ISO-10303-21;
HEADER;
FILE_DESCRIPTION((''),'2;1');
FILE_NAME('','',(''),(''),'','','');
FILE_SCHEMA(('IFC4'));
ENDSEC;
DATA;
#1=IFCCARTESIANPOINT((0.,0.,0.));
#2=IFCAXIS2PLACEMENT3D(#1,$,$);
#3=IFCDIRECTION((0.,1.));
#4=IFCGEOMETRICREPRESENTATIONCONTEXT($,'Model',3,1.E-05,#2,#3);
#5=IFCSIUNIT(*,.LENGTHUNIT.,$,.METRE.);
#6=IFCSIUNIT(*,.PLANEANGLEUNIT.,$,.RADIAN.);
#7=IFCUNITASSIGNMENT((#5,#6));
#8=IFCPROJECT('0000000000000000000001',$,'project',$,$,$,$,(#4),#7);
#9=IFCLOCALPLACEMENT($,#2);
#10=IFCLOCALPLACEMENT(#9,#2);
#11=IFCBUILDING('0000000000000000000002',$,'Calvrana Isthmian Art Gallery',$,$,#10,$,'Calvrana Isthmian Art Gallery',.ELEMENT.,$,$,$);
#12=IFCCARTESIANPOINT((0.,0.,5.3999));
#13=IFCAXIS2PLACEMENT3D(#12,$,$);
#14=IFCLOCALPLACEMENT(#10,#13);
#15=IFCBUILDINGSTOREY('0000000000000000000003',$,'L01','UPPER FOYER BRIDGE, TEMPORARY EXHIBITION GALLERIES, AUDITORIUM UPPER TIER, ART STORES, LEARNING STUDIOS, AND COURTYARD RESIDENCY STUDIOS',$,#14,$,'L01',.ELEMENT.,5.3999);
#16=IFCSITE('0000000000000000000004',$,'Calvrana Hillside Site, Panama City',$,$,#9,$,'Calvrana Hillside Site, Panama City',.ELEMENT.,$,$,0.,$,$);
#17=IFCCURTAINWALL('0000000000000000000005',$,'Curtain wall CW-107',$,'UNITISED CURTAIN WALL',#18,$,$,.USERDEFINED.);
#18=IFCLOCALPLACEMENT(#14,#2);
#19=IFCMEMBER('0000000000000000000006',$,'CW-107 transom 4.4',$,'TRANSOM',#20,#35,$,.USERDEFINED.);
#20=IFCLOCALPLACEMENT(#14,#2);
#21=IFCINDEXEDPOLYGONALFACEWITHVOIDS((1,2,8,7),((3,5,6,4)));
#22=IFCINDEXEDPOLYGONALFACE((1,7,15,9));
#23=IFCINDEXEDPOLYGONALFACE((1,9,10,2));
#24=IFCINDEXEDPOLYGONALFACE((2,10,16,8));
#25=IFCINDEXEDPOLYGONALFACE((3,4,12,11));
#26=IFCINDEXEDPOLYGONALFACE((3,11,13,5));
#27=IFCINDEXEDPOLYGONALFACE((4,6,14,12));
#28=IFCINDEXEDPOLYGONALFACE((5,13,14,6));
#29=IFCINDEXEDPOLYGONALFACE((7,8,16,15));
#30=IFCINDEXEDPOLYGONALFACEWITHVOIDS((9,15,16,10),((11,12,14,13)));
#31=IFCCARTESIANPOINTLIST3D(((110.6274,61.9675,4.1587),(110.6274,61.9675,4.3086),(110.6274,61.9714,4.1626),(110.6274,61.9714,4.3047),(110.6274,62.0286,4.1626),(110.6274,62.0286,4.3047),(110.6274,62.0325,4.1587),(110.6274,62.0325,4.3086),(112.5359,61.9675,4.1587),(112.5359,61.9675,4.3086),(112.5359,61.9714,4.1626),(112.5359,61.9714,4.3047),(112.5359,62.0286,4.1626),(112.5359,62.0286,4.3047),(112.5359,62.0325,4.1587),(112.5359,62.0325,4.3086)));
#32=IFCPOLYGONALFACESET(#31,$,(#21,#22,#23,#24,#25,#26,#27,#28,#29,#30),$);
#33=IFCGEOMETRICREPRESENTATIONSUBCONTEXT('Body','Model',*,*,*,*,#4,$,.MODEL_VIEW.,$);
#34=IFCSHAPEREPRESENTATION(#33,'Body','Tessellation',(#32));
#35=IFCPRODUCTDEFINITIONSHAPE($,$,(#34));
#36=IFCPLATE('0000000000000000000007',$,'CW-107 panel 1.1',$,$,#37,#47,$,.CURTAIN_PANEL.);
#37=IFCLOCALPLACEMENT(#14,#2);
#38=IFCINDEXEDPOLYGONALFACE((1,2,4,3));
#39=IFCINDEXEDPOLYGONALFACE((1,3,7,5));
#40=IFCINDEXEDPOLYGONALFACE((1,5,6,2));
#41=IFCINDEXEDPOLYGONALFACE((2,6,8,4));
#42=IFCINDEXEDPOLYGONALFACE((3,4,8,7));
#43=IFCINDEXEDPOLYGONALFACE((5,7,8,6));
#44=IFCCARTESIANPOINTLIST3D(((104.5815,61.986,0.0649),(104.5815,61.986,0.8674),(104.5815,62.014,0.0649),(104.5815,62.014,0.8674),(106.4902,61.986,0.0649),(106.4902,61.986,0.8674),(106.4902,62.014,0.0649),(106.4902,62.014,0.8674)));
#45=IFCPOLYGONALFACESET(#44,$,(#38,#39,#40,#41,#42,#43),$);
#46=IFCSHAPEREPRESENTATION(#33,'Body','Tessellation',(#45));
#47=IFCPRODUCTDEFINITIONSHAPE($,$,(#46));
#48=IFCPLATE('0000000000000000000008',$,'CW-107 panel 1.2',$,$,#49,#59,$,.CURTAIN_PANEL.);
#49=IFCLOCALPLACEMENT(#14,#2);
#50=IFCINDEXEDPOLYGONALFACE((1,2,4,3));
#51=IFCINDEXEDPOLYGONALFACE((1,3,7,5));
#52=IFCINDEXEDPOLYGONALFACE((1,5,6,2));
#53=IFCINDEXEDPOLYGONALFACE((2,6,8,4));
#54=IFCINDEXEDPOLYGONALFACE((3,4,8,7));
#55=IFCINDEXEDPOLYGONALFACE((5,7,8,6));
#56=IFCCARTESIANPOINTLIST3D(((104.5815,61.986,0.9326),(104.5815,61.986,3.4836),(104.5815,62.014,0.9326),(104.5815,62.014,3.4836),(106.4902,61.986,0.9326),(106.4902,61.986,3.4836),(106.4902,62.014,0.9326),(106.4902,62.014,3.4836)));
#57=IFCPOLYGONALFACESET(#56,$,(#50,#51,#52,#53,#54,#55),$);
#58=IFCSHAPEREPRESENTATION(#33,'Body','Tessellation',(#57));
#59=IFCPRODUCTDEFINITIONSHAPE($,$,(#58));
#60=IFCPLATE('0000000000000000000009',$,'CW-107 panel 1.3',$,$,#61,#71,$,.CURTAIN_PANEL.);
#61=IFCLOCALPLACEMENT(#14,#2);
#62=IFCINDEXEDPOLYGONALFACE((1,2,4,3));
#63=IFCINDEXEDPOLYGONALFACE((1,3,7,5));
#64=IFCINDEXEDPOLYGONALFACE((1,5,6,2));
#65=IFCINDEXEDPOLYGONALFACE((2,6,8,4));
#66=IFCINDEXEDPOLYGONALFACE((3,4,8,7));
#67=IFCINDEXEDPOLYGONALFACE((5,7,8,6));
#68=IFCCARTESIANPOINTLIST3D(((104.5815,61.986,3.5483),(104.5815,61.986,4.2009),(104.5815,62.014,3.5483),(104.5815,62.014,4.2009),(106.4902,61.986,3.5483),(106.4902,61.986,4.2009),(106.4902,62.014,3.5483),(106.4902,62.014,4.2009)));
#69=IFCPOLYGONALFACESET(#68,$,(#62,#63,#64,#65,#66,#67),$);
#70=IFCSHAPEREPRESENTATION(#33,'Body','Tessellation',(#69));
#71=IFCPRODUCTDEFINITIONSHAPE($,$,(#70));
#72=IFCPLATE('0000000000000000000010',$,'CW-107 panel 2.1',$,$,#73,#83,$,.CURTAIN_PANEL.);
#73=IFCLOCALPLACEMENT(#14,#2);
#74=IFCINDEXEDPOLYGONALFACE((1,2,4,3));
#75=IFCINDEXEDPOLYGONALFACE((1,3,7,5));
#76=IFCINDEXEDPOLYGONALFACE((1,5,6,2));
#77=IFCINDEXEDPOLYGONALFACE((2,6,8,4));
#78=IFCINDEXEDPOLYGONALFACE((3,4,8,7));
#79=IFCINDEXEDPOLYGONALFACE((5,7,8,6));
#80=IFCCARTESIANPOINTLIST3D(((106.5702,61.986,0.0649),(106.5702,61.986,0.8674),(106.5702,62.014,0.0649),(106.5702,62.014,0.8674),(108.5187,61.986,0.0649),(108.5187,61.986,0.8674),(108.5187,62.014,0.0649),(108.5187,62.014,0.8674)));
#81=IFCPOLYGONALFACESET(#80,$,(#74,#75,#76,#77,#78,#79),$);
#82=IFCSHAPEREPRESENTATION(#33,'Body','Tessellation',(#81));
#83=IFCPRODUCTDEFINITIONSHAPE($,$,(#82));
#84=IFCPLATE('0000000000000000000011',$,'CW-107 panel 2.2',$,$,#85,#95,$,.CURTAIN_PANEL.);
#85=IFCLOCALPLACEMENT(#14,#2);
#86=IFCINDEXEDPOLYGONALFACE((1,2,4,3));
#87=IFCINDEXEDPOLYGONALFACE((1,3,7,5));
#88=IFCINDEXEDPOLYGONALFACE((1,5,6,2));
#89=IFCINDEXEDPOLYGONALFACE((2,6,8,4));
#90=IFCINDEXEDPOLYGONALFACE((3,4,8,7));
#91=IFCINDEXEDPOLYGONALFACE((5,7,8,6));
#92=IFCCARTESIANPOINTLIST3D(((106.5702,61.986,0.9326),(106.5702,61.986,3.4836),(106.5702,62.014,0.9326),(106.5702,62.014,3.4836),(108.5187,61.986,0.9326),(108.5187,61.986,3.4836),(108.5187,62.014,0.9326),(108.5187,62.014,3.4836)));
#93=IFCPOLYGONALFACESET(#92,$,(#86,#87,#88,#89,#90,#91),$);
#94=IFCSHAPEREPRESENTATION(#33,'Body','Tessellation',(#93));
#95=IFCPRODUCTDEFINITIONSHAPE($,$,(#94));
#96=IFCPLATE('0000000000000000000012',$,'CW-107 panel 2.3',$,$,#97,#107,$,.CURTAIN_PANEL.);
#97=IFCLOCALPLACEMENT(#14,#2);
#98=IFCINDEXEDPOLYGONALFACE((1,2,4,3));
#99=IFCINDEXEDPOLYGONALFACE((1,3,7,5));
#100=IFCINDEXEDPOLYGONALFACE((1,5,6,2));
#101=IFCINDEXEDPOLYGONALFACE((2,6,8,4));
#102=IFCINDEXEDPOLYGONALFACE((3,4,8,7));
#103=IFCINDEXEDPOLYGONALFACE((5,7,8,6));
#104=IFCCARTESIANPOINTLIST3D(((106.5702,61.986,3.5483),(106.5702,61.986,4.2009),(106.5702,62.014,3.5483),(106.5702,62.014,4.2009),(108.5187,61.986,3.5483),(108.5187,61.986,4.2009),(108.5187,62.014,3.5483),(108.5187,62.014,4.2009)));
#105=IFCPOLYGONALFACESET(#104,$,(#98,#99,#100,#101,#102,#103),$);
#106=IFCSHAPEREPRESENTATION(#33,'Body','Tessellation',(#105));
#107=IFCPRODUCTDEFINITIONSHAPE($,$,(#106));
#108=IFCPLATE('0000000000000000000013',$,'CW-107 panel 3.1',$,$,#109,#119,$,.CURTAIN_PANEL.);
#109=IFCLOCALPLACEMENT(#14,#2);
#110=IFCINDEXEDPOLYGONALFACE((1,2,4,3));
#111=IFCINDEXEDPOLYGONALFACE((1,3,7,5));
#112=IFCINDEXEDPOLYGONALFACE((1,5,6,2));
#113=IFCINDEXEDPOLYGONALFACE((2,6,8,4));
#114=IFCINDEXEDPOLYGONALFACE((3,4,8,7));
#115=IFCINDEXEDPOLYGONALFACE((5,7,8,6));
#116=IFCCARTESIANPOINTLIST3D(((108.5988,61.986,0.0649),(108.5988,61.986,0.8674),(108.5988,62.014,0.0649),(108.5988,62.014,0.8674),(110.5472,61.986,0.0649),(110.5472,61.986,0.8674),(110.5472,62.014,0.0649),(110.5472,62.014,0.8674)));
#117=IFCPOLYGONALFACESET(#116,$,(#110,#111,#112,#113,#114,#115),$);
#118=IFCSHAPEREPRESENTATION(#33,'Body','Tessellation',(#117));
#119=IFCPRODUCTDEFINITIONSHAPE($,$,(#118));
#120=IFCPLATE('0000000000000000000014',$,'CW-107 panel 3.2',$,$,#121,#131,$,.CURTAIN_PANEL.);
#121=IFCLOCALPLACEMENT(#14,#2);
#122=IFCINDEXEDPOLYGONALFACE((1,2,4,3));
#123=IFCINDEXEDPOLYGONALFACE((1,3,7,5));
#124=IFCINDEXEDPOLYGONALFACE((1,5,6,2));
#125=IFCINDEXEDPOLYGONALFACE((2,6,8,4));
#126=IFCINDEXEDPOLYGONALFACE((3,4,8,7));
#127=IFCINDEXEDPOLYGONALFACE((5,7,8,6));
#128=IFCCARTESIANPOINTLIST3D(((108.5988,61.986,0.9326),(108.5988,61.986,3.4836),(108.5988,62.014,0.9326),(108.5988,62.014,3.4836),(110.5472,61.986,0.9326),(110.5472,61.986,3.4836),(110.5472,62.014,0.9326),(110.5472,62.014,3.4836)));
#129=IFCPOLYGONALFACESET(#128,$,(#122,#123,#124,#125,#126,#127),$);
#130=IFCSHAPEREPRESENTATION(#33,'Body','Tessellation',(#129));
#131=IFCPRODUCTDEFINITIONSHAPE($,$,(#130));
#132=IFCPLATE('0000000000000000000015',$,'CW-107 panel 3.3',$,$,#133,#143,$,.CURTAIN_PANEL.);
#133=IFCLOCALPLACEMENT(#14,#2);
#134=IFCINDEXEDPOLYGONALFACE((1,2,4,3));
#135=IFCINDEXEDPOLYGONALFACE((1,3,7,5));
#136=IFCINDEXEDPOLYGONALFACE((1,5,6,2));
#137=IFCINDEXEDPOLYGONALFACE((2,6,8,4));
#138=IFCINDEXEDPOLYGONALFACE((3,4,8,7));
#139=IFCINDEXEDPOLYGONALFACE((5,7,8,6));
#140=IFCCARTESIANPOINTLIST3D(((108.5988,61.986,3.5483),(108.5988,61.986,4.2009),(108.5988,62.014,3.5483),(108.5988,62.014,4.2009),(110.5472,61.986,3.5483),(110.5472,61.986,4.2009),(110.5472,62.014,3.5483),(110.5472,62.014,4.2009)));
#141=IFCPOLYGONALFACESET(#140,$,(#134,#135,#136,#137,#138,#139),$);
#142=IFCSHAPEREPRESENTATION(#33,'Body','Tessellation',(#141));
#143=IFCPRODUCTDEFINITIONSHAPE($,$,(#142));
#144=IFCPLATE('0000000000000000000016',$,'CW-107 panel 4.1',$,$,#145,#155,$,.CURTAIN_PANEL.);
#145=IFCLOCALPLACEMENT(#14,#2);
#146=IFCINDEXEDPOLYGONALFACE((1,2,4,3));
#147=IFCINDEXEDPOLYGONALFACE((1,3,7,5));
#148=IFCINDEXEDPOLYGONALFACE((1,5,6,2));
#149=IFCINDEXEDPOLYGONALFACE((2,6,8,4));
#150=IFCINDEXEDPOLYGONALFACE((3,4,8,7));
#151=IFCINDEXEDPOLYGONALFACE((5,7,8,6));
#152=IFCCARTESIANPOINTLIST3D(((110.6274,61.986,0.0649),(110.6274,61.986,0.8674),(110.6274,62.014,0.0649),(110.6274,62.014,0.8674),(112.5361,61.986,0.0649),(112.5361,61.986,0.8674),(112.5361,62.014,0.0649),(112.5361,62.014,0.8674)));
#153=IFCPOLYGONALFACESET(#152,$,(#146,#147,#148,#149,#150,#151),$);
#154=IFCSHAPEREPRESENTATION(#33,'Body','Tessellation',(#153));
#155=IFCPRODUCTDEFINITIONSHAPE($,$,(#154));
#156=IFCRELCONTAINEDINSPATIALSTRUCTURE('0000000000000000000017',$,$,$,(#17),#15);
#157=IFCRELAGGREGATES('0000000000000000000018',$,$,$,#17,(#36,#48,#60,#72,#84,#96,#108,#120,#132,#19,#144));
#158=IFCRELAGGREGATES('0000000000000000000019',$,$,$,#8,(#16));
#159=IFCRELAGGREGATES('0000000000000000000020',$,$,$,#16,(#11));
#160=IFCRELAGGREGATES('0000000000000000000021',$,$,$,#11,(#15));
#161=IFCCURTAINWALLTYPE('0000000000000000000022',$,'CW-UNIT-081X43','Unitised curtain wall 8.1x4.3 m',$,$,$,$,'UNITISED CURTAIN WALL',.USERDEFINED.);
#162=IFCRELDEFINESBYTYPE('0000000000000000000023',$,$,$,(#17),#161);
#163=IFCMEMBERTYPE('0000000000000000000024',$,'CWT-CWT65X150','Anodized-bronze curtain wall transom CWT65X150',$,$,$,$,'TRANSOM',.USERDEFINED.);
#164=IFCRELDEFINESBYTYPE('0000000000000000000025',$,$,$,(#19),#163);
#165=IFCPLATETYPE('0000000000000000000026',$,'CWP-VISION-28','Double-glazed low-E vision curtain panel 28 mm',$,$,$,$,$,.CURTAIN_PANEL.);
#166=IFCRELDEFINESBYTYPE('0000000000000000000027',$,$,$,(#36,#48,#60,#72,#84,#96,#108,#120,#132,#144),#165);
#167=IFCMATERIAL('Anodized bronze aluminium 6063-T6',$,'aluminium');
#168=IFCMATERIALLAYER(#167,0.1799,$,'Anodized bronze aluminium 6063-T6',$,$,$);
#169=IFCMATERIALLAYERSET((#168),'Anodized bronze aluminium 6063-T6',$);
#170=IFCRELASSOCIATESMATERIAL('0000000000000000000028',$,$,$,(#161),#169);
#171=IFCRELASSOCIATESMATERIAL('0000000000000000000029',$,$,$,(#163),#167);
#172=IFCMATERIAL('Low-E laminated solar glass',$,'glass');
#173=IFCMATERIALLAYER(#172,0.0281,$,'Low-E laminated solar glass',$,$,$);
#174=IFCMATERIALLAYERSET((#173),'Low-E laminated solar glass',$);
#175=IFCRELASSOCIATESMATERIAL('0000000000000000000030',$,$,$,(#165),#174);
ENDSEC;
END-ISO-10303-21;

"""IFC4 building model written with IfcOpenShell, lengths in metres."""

from ifc_helpers import new_model, si_unit, direction, frame, origin, origin_2d, place, context, subcontext, project, spatial, rectangle, hollow_rectangle, extrude, material, layer, layer_set, material_profile, profile_set, type_object, element, aggregate, save


model = new_model("IFC4")

# Units and contexts
model_context = context("Model", 3, precision=1e-05, world=origin(), true_north=direction((0.0, 1.0)))
body_context = subcontext(model_context, "Body", "Model", "MODEL_VIEW")
ifc_project = project(units=[si_unit("LENGTHUNIT", "METRE"), si_unit("PLANEANGLEUNIT", "RADIAN")], contexts=[model_context])

# Site, building, storey
site_placement = place(None, origin())
site = spatial("IfcSite", under=ifc_project, at=site_placement, Name="Calvrana Hillside Site, Panama City", LongName="Calvrana Hillside Site, Panama City", CompositionType="ELEMENT", RefElevation=0.0)
building_placement = place(site_placement, origin())
building = spatial("IfcBuilding", under=site, at=building_placement, Name="Calvrana Isthmian Art Gallery", LongName="Calvrana Isthmian Art Gallery", CompositionType="ELEMENT")
storey_placement = place(building_placement, frame((0.0, 0.0, 5.3999)))
storey = spatial("IfcBuildingStorey", under=building, at=storey_placement, Name="L01", Description="UPPER FOYER BRIDGE, TEMPORARY EXHIBITION GALLERIES, AUDITORIUM UPPER TIER, ART STORES, LEARNING STUDIOS, AND COURTYARD RESIDENCY STUDIOS", LongName="L01", CompositionType="ELEMENT", Elevation=5.3999)

# Curtain wall, member, plates
ifc_material_1 = material(Name="Anodized bronze aluminium 6063-T6", Category="aluminium")
ifc_layer_1 = layer(ifc_material_1, 0.1799, Name="Anodized bronze aluminium 6063-T6")
ifc_layer_set_1 = layer_set([ifc_layer_1], Name="Anodized bronze aluminium 6063-T6")
curtain_wall_type = type_object("IfcCurtainWallType", Name="CW-UNIT-081X43", Description="Unitised curtain wall 8.1x4.3 m", ElementType="UNITISED CURTAIN WALL", PredefinedType="USERDEFINED", material=ifc_layer_set_1)
curtain_wall_placement = place(storey_placement, origin())
curtain_wall = element("IfcCurtainWall", 1, at=curtain_wall_placement, inside=storey, type_object=curtain_wall_type, Name="Curtain wall CW-107", ObjectType="UNITISED CURTAIN WALL", PredefinedType="USERDEFINED")
ifc_material_profile_1 = material_profile(ifc_material_1, hollow_rectangle(XDim=0.0649, YDim=0.1499, WallThickness=0.0039, at=origin_2d()), Name="CWT65X150")
ifc_profile_set_1 = profile_set([ifc_material_profile_1], Name="Anodized bronze aluminium 6063-T6")
member_type_1 = type_object("IfcMemberType", Name="CWT-CWT65X150", Description="Anodized-bronze curtain wall transom CWT65X150", ElementType="TRANSOM", PredefinedType="USERDEFINED", material=ifc_profile_set_1)
member_1_placement = place(storey_placement, frame((110.6274, 62.0, 4.2336), z_axis=(1.0, 0.0, 0.0), x_axis=(0.0, 1.0, 0.0)))
member_1 = element("IfcMember", 2, at=member_1_placement, type_object=member_type_1, Name="CW-107 transom 4.4", ObjectType="TRANSOM", PredefinedType="USERDEFINED", context=body_context, shape_type="SweptSolid", body=[
    extrude(hollow_rectangle(XDim=0.0649, YDim=0.1499, WallThickness=0.0039, at=origin_2d()), origin(), (0.0, 0.0, 1.0), 1.9084),
])
ifc_material_2 = material(Name="Low-E laminated solar glass", Category="glass")
ifc_layer_2 = layer(ifc_material_2, 0.0281, Name="Low-E laminated solar glass")
ifc_layer_set_2 = layer_set([ifc_layer_2], Name="Low-E laminated solar glass")
plate_type = type_object("IfcPlateType", Name="CWP-VISION-28", Description="Double-glazed low-E vision curtain panel 28 mm", PredefinedType="CURTAIN_PANEL", material=ifc_layer_set_2)
plate_1_placement = place(storey_placement, frame((105.5359, 62.0, 0.0649), z_axis=(0.0, 0.0, 1.0), x_axis=(1.0, 0.0, 0.0)))
plate_1 = element("IfcPlate", 3, at=plate_1_placement, type_object=plate_type, Name="CW-107 panel 1.1", PredefinedType="CURTAIN_PANEL", context=body_context, shape_type="SweptSolid", body=[
    extrude(rectangle(XDim=1.9087, YDim=0.0281, at=origin_2d()), origin(), (0.0, 0.0, 1.0), 0.8025),
])
plate_2_placement = place(storey_placement, frame((105.5359, 62.0, 0.9326), z_axis=(0.0, 0.0, 1.0), x_axis=(1.0, 0.0, 0.0)))
plate_2 = element("IfcPlate", 4, at=plate_2_placement, type_object=plate_type, Name="CW-107 panel 1.2", PredefinedType="CURTAIN_PANEL", context=body_context, shape_type="SweptSolid", body=[
    extrude(rectangle(XDim=1.9087, YDim=0.0281, at=origin_2d()), origin(), (0.0, 0.0, 1.0), 2.551),
])
plate_3_placement = place(storey_placement, frame((105.5359, 62.0, 3.5483), z_axis=(0.0, 0.0, 1.0), x_axis=(1.0, 0.0, 0.0)))
plate_3 = element("IfcPlate", 5, at=plate_3_placement, type_object=plate_type, Name="CW-107 panel 1.3", PredefinedType="CURTAIN_PANEL", context=body_context, shape_type="SweptSolid", body=[
    extrude(rectangle(XDim=1.9087, YDim=0.0281, at=origin_2d()), origin(), (0.0, 0.0, 1.0), 0.6526),
])
plate_4_placement = place(storey_placement, frame((107.5444, 62.0, 0.0649), z_axis=(0.0, 0.0, 1.0), x_axis=(1.0, 0.0, 0.0)))
plate_4 = element("IfcPlate", 6, at=plate_4_placement, type_object=plate_type, Name="CW-107 panel 2.1", PredefinedType="CURTAIN_PANEL", context=body_context, shape_type="SweptSolid", body=[
    extrude(rectangle(XDim=1.9485, YDim=0.0281, at=origin_2d()), origin(), (0.0, 0.0, 1.0), 0.8025),
])
plate_5_placement = place(storey_placement, frame((107.5444, 62.0, 0.9326), z_axis=(0.0, 0.0, 1.0), x_axis=(1.0, 0.0, 0.0)))
plate_5 = element("IfcPlate", 7, at=plate_5_placement, type_object=plate_type, Name="CW-107 panel 2.2", PredefinedType="CURTAIN_PANEL", context=body_context, shape_type="SweptSolid", body=[
    extrude(rectangle(XDim=1.9485, YDim=0.0281, at=origin_2d()), origin(), (0.0, 0.0, 1.0), 2.551),
])
plate_6_placement = place(storey_placement, frame((107.5444, 62.0, 3.5483), z_axis=(0.0, 0.0, 1.0), x_axis=(1.0, 0.0, 0.0)))
plate_6 = element("IfcPlate", 8, at=plate_6_placement, type_object=plate_type, Name="CW-107 panel 2.3", PredefinedType="CURTAIN_PANEL", context=body_context, shape_type="SweptSolid", body=[
    extrude(rectangle(XDim=1.9485, YDim=0.0281, at=origin_2d()), origin(), (0.0, 0.0, 1.0), 0.6526),
])
plate_7_placement = place(storey_placement, frame((109.573, 62.0, 0.0649), z_axis=(0.0, 0.0, 1.0), x_axis=(1.0, 0.0, 0.0)))
plate_7 = element("IfcPlate", 9, at=plate_7_placement, type_object=plate_type, Name="CW-107 panel 3.1", PredefinedType="CURTAIN_PANEL", context=body_context, shape_type="SweptSolid", body=[
    extrude(rectangle(XDim=1.9485, YDim=0.0281, at=origin_2d()), origin(), (0.0, 0.0, 1.0), 0.8025),
])
plate_8_placement = place(storey_placement, frame((109.573, 62.0, 0.9326), z_axis=(0.0, 0.0, 1.0), x_axis=(1.0, 0.0, 0.0)))
plate_8 = element("IfcPlate", 10, at=plate_8_placement, type_object=plate_type, Name="CW-107 panel 3.2", PredefinedType="CURTAIN_PANEL", context=body_context, shape_type="SweptSolid", body=[
    extrude(rectangle(XDim=1.9485, YDim=0.0281, at=origin_2d()), origin(), (0.0, 0.0, 1.0), 2.551),
])
plate_9_placement = place(storey_placement, frame((109.573, 62.0, 3.5483), z_axis=(0.0, 0.0, 1.0), x_axis=(1.0, 0.0, 0.0)))
plate_9 = element("IfcPlate", 11, at=plate_9_placement, type_object=plate_type, Name="CW-107 panel 3.3", PredefinedType="CURTAIN_PANEL", context=body_context, shape_type="SweptSolid", body=[
    extrude(rectangle(XDim=1.9485, YDim=0.0281, at=origin_2d()), origin(), (0.0, 0.0, 1.0), 0.6526),
])
plate_10_placement = place(storey_placement, frame((111.5818, 62.0, 0.0649), z_axis=(0.0, 0.0, 1.0), x_axis=(1.0, 0.0, 0.0)))
plate_10 = element("IfcPlate", 12, at=plate_10_placement, type_object=plate_type, Name="CW-107 panel 4.1", PredefinedType="CURTAIN_PANEL", context=body_context, shape_type="SweptSolid", body=[
    extrude(rectangle(XDim=1.9087, YDim=0.0281, at=origin_2d()), origin(), (0.0, 0.0, 1.0), 0.8025),
])
aggregate(curtain_wall, [plate_1, plate_2, plate_3, plate_4, plate_5, plate_6, plate_7, plate_8, plate_9, member_1, plate_10])

save(model, "model.ifc")
